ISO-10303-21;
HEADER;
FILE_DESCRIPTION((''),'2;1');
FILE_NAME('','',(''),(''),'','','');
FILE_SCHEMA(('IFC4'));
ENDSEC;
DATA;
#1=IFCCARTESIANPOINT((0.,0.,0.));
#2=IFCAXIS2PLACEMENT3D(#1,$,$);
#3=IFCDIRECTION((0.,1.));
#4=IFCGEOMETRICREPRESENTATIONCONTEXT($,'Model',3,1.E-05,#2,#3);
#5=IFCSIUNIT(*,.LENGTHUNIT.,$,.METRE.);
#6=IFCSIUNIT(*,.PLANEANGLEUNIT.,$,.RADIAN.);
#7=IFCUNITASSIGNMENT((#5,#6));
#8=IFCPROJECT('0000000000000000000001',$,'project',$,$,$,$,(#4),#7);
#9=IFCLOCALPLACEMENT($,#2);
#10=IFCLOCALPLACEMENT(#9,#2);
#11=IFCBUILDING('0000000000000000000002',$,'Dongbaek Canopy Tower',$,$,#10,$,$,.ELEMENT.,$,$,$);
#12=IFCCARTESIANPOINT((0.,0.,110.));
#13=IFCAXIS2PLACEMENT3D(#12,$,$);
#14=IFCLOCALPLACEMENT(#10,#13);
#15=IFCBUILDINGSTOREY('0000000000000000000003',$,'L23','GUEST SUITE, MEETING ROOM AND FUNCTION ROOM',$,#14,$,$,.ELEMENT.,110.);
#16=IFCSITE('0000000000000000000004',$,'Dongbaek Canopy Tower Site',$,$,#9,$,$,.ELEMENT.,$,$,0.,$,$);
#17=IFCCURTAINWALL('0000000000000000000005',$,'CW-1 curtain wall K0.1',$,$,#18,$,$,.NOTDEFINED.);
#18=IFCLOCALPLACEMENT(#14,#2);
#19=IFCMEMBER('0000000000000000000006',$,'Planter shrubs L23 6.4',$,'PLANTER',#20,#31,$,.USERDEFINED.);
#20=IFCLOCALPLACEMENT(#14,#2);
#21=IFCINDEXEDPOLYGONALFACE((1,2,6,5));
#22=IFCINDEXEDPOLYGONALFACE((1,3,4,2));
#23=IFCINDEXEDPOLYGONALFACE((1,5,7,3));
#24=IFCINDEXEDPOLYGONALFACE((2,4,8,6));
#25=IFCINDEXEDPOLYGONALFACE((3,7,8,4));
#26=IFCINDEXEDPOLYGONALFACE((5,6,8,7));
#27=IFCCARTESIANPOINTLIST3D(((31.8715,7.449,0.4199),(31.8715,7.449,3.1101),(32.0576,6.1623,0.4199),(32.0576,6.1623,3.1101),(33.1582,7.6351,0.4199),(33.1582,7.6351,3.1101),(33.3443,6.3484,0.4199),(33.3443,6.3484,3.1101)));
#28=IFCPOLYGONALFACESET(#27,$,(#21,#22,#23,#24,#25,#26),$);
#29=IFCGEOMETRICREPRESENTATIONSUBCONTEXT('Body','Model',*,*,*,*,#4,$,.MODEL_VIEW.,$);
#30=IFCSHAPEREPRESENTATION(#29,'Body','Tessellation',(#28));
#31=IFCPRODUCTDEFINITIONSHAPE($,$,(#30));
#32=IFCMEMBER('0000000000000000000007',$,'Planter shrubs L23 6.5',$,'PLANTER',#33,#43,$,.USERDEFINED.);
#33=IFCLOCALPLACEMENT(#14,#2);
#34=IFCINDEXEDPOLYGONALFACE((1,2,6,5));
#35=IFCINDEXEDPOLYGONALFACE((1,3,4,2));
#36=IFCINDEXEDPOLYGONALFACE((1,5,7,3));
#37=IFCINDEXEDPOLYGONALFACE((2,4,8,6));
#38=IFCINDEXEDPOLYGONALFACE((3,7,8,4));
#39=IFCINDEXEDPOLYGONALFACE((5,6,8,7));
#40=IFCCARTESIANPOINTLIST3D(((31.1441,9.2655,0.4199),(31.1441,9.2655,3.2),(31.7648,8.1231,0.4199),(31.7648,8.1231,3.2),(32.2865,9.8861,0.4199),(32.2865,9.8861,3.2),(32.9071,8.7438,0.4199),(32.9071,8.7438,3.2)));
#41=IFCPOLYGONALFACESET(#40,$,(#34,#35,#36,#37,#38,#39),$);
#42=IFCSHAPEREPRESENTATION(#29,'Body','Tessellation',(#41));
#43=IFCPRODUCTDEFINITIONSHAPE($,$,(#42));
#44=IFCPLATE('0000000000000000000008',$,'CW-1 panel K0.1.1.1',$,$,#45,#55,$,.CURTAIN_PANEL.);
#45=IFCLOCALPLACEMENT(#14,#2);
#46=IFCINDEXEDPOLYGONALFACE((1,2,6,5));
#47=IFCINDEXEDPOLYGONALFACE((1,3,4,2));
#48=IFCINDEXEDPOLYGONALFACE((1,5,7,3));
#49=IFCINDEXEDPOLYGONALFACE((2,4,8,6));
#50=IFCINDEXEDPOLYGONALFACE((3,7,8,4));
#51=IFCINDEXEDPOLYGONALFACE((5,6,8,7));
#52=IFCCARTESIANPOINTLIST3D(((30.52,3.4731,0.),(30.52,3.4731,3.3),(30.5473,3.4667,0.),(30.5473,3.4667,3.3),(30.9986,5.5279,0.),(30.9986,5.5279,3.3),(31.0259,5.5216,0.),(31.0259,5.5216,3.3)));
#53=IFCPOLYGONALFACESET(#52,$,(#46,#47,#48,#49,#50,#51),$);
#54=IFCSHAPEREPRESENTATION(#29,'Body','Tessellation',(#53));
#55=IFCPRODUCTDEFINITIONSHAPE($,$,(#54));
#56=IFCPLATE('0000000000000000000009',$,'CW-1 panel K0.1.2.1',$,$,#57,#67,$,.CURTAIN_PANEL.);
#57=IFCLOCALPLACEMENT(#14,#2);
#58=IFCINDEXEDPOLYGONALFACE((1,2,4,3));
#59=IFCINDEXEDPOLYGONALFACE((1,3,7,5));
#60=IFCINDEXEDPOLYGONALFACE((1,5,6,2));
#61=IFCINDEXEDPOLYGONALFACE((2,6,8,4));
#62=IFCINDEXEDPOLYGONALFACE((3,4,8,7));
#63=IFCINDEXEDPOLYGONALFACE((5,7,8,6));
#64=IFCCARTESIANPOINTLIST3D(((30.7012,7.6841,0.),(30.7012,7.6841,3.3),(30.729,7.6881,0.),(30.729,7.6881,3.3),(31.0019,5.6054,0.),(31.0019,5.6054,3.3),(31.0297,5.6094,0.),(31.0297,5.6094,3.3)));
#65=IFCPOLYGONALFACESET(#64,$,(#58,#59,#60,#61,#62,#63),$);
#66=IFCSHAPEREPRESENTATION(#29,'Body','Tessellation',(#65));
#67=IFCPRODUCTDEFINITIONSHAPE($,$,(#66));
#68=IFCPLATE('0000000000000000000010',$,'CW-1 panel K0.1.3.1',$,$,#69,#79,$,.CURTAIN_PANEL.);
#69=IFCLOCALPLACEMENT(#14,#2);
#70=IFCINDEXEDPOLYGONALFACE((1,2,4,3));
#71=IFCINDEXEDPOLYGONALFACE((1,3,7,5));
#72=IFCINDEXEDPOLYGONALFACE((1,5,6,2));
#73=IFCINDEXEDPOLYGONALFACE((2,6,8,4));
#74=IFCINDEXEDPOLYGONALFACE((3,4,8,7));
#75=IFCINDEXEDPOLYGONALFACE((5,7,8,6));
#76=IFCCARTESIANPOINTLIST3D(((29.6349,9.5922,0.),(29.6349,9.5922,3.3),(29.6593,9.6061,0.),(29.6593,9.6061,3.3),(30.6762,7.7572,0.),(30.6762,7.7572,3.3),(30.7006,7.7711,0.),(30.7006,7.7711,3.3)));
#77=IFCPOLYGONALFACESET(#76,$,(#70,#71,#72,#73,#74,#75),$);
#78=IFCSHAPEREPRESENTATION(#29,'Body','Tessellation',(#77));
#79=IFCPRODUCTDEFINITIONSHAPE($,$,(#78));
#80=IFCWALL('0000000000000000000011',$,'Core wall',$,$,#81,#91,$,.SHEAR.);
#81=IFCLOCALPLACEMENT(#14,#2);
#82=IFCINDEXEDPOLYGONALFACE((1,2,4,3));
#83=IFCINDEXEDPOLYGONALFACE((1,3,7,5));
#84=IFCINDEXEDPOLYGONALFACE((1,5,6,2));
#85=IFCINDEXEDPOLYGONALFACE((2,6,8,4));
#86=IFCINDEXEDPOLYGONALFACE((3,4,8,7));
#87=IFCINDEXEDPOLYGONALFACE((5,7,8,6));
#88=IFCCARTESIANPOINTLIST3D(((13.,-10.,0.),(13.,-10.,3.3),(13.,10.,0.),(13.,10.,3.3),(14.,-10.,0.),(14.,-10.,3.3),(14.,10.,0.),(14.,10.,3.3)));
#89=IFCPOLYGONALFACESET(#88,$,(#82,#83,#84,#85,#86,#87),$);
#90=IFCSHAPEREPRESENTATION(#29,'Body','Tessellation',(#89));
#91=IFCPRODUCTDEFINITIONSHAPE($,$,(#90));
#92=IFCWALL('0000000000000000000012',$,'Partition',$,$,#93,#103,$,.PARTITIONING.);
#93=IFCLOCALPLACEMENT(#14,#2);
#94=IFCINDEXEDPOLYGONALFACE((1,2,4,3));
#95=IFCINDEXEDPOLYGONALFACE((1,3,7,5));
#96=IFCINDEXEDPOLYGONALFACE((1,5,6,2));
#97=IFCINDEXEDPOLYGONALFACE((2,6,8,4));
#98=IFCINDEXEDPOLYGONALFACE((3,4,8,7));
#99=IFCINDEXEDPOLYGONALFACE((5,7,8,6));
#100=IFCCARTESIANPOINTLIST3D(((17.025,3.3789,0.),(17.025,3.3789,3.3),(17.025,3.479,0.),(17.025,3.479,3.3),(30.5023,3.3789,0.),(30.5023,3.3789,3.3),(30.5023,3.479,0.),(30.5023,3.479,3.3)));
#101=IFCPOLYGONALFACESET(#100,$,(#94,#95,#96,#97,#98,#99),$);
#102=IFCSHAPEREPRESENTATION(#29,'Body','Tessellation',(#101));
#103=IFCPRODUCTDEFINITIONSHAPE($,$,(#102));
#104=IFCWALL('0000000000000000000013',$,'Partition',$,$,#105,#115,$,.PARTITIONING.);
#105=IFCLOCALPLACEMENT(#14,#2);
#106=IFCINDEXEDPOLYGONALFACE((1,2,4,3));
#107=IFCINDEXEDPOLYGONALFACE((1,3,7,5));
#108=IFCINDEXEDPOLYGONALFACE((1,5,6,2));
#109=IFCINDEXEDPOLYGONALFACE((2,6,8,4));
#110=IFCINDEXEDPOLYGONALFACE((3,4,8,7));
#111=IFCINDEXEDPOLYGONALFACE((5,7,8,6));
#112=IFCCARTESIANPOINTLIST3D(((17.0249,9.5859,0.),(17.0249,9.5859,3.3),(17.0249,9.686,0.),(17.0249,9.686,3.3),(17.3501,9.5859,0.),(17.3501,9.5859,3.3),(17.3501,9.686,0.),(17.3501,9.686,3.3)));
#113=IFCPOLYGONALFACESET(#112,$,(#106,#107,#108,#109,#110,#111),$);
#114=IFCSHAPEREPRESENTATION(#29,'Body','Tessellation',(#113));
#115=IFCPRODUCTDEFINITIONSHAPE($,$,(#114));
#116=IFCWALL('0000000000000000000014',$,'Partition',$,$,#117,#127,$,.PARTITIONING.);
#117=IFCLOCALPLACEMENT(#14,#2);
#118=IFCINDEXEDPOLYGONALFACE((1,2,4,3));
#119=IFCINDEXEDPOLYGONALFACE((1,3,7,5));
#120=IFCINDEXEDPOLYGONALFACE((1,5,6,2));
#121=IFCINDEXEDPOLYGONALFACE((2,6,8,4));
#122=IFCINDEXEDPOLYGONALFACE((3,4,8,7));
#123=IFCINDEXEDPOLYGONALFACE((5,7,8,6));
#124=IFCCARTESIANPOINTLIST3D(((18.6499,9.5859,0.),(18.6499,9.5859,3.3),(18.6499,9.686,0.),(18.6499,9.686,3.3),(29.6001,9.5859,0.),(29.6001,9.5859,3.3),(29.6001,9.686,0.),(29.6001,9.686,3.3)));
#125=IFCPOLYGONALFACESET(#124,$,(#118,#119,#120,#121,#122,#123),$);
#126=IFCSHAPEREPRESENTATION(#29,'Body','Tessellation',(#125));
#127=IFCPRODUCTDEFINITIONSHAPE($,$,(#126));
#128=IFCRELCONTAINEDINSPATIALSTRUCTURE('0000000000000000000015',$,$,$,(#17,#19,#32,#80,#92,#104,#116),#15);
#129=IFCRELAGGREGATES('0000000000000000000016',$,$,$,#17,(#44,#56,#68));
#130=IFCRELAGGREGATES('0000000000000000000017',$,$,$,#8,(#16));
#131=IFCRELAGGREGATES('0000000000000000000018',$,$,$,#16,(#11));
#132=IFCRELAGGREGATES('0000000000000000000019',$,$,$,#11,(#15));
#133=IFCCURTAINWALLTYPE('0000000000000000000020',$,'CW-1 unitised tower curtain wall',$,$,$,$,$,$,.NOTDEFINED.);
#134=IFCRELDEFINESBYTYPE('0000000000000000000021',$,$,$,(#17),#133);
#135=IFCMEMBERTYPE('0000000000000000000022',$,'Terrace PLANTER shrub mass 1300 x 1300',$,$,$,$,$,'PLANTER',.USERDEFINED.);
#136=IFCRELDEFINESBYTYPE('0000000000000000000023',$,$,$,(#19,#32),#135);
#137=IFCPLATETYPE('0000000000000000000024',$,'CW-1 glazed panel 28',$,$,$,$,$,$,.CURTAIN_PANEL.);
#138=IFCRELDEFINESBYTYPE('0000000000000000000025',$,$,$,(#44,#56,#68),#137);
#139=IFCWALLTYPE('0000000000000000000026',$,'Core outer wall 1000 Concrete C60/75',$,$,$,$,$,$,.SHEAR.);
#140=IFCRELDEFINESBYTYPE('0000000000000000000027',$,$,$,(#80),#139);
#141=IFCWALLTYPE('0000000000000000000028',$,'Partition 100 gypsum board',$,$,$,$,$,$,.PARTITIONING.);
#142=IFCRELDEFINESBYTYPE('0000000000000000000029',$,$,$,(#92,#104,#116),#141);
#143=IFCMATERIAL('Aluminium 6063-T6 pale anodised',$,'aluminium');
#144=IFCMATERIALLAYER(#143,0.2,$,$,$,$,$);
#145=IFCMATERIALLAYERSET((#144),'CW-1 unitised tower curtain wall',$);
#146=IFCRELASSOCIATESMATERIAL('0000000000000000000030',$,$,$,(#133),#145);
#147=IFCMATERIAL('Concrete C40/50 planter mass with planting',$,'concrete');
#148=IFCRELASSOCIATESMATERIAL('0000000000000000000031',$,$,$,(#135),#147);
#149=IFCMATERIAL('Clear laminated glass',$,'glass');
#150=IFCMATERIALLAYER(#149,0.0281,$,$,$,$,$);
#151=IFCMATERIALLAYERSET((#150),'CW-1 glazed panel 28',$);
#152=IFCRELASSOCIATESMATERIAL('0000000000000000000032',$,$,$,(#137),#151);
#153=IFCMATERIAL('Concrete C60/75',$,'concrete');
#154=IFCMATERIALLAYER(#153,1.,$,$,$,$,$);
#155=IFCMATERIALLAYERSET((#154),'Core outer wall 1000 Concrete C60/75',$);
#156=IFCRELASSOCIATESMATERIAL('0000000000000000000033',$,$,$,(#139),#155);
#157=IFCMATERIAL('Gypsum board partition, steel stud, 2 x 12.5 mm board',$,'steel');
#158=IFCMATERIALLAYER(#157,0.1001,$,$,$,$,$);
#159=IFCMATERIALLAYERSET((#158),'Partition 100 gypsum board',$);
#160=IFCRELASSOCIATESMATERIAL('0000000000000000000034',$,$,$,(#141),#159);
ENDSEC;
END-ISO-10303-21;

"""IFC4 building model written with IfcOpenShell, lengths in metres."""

from ifc_helpers import new_model, si_unit, direction, frame, frame_2d, origin, origin_2d, place, context, subcontext, project, spatial, rectangle, extrude, material, layer, layer_set, material_profile, profile_set, type_object, element, aggregate, save


model = new_model("IFC4")

# Units and contexts
model_context = context("Model", 3, precision=1e-05, world=origin(), true_north=direction((0.0, 1.0)))
body_context = subcontext(model_context, "Body", "Model", "MODEL_VIEW")
ifc_project = project(units=[si_unit("LENGTHUNIT", "METRE"), si_unit("PLANEANGLEUNIT", "RADIAN")], contexts=[model_context])

# Site, building, storey
site_placement = place(None, origin())
site = spatial("IfcSite", under=ifc_project, at=site_placement, Name="Dongbaek Canopy Tower Site", CompositionType="ELEMENT", RefElevation=0.0)
building_placement = place(site_placement, origin())
building = spatial("IfcBuilding", under=site, at=building_placement, Name="Dongbaek Canopy Tower", CompositionType="ELEMENT")
storey_placement = place(building_placement, frame((0.0, 0.0, 110.0)))
storey = spatial("IfcBuildingStorey", under=building, at=storey_placement, Name="L23", Description="GUEST SUITE, MEETING ROOM AND FUNCTION ROOM", CompositionType="ELEMENT", Elevation=110.0)

# Curtain wall
ifc_material_1 = material(Name="Aluminium 6063-T6 pale anodised", Category="aluminium")
ifc_layer_1 = layer(ifc_material_1, 0.2)
ifc_layer_set_1 = layer_set([ifc_layer_1], Name="CW-1 unitised tower curtain wall")
curtain_wall_type = type_object("IfcCurtainWallType", Name="CW-1 unitised tower curtain wall", PredefinedType="NOTDEFINED", material=ifc_layer_set_1)
curtain_wall_placement = place(storey_placement, origin())
curtain_wall = element("IfcCurtainWall", 1, at=curtain_wall_placement, inside=storey, type_object=curtain_wall_type, Name="CW-1 curtain wall K0.1", PredefinedType="NOTDEFINED")

# Members
ifc_material_2 = material(Name="Concrete C40/50 planter mass with planting", Category="concrete")
ifc_material_profile_1 = material_profile(ifc_material_2, rectangle(XDim=1.3, YDim=1.3, at=origin_2d()), Name="Terrace PLANTER shrub mass 1300 x 1300")
ifc_profile_set_1 = profile_set([ifc_material_profile_1], Name="Concrete C40/50 planter mass with planting")
member_type_1 = type_object("IfcMemberType", Name="Terrace PLANTER shrub mass 1300 x 1300", ElementType="PLANTER", PredefinedType="USERDEFINED", material=ifc_profile_set_1)
member_1_placement = place(storey_placement, frame((32.6079, 6.8987, 0.4199), z_axis=(0.0, 0.0, 1.0), x_axis=(0.9897, 0.143156, 0.0)))
element("IfcMember", 2, at=member_1_placement, inside=storey, type_object=member_type_1, Name="Planter shrubs L23 6.4", ObjectType="PLANTER", PredefinedType="USERDEFINED", context=body_context, shape_type="SweptSolid", body=[
    extrude(rectangle(XDim=1.3, YDim=1.3, at=origin_2d()), origin(), (0.0, 0.0, 1.0), 2.6902),
])
member_2_placement = place(storey_placement, frame((32.0256, 9.0046, 0.4199), z_axis=(0.0, 0.0, 1.0), x_axis=(0.878675, 0.47742, 0.0)))
element("IfcMember", 3, at=member_2_placement, inside=storey, type_object=member_type_1, Name="Planter shrubs L23 6.5", ObjectType="PLANTER", PredefinedType="USERDEFINED", context=body_context, shape_type="SweptSolid", body=[
    extrude(rectangle(XDim=1.3, YDim=1.3, at=origin_2d()), origin(), (0.0, 0.0, 1.0), 2.78),
])

# Plates
ifc_material_3 = material(Name="Clear laminated glass", Category="glass")
ifc_layer_2 = layer(ifc_material_3, 0.0281)
ifc_layer_set_2 = layer_set([ifc_layer_2], Name="CW-1 glazed panel 28")
plate_type = type_object("IfcPlateType", Name="CW-1 glazed panel 28", PredefinedType="CURTAIN_PANEL", material=ifc_layer_set_2)
plate_1_placement = place(storey_placement, frame((30.7729, 4.4973, 0.0), z_axis=(0.0, 0.0, 1.0), x_axis=(0.226863, 0.973927, 0.0)))
plate_1 = element("IfcPlate", 4, at=plate_1_placement, type_object=plate_type, Name="CW-1 panel K0.1.1.1", PredefinedType="CURTAIN_PANEL", context=body_context, shape_type="SweptSolid", body=[
    extrude(rectangle(XDim=2.1099, YDim=0.0281, at=origin_2d()), origin(), (0.0, 0.0, 1.0), 3.3),
])
plate_2_placement = place(storey_placement, frame((30.8655, 6.6467, 0.0), z_axis=(0.0, 0.0, 1.0), x_axis=(-0.143156, 0.9897, 0.0)))
plate_2 = element("IfcPlate", 5, at=plate_2_placement, type_object=plate_type, Name="CW-1 panel K0.1.2.1", PredefinedType="CURTAIN_PANEL", context=body_context, shape_type="SweptSolid", body=[
    extrude(rectangle(XDim=2.1003, YDim=0.0281, at=origin_2d()), origin(), (0.0, 0.0, 1.0), 3.3),
])
plate_3_placement = place(storey_placement, frame((30.1677, 8.6816, 0.0), z_axis=(0.0, 0.0, 1.0), x_axis=(-0.493539, 0.869724, 0.0)))
plate_3 = element("IfcPlate", 6, at=plate_3_placement, type_object=plate_type, Name="CW-1 panel K0.1.3.1", PredefinedType="CURTAIN_PANEL", context=body_context, shape_type="SweptSolid", body=[
    extrude(rectangle(XDim=2.1099, YDim=0.0281, at=origin_2d()), origin(), (0.0, 0.0, 1.0), 3.3),
])
aggregate(curtain_wall, [plate_1, plate_2, plate_3])

# Walls
ifc_material_4 = material(Name="Concrete C60/75", Category="concrete")
ifc_layer_3 = layer(ifc_material_4, 1.0)
ifc_layer_set_3 = layer_set([ifc_layer_3], Name="Core outer wall 1000 Concrete C60/75")
wall_type_1 = type_object("IfcWallType", Name="Core outer wall 1000 Concrete C60/75", PredefinedType="SHEAR", material=ifc_layer_set_3)
wall_1_placement = place(storey_placement, frame((13.5, 10.0, 0.0), z_axis=(0.0, 0.0, 1.0), x_axis=(0.0, -1.0, 0.0)))
element("IfcWall", 7, at=wall_1_placement, inside=storey, type_object=wall_type_1, Name="Core wall", PredefinedType="SHEAR", context=body_context, shape_type="SweptSolid", body=[
    extrude(rectangle(XDim=20.0, YDim=1.0, at=frame_2d((10.0, 0.0))), origin(), (0.0, 0.0, 1.0), 3.3),
])
ifc_material_5 = material(Name="Gypsum board partition, steel stud, 2 x 12.5 mm board", Category="steel")
ifc_layer_4 = layer(ifc_material_5, 0.1001)
ifc_layer_set_4 = layer_set([ifc_layer_4], Name="Partition 100 gypsum board")
wall_type_2 = type_object("IfcWallType", Name="Partition 100 gypsum board", PredefinedType="PARTITIONING", material=ifc_layer_set_4)
wall_2_placement = place(storey_placement, frame((17.0249, 3.429, 0.0), z_axis=(0.0, 0.0, 1.0), x_axis=(1.0, 0.0, 0.0)))
element("IfcWall", 8, at=wall_2_placement, inside=storey, type_object=wall_type_2, Name="Partition", PredefinedType="PARTITIONING", context=body_context, shape_type="SweptSolid", body=[
    extrude(rectangle(XDim=13.4773, YDim=0.1001, at=frame_2d((6.7388, 0.0))), origin(), (0.0, 0.0, 1.0), 3.3),
])
wall_3_placement = place(storey_placement, frame((17.0249, 9.636, 0.0), z_axis=(0.0, 0.0, 1.0), x_axis=(1.0, 0.0, 0.0)))
element("IfcWall", 9, at=wall_3_placement, inside=storey, type_object=wall_type_2, Name="Partition", PredefinedType="PARTITIONING", context=body_context, shape_type="SweptSolid", body=[
    extrude(rectangle(XDim=0.3252, YDim=0.1001, at=frame_2d((0.1626, 0.0))), origin(), (0.0, 0.0, 1.0), 3.3),
])
wall_4_placement = place(storey_placement, frame((18.6499, 9.636, 0.0), z_axis=(0.0, 0.0, 1.0), x_axis=(1.0, 0.0, 0.0)))
element("IfcWall", 10, at=wall_4_placement, inside=storey, type_object=wall_type_2, Name="Partition", PredefinedType="PARTITIONING", context=body_context, shape_type="SweptSolid", body=[
    extrude(rectangle(XDim=10.9502, YDim=0.1001, at=frame_2d((5.4751, 0.0))), origin(), (0.0, 0.0, 1.0), 3.3),
])

save(model, "model.ifc")
